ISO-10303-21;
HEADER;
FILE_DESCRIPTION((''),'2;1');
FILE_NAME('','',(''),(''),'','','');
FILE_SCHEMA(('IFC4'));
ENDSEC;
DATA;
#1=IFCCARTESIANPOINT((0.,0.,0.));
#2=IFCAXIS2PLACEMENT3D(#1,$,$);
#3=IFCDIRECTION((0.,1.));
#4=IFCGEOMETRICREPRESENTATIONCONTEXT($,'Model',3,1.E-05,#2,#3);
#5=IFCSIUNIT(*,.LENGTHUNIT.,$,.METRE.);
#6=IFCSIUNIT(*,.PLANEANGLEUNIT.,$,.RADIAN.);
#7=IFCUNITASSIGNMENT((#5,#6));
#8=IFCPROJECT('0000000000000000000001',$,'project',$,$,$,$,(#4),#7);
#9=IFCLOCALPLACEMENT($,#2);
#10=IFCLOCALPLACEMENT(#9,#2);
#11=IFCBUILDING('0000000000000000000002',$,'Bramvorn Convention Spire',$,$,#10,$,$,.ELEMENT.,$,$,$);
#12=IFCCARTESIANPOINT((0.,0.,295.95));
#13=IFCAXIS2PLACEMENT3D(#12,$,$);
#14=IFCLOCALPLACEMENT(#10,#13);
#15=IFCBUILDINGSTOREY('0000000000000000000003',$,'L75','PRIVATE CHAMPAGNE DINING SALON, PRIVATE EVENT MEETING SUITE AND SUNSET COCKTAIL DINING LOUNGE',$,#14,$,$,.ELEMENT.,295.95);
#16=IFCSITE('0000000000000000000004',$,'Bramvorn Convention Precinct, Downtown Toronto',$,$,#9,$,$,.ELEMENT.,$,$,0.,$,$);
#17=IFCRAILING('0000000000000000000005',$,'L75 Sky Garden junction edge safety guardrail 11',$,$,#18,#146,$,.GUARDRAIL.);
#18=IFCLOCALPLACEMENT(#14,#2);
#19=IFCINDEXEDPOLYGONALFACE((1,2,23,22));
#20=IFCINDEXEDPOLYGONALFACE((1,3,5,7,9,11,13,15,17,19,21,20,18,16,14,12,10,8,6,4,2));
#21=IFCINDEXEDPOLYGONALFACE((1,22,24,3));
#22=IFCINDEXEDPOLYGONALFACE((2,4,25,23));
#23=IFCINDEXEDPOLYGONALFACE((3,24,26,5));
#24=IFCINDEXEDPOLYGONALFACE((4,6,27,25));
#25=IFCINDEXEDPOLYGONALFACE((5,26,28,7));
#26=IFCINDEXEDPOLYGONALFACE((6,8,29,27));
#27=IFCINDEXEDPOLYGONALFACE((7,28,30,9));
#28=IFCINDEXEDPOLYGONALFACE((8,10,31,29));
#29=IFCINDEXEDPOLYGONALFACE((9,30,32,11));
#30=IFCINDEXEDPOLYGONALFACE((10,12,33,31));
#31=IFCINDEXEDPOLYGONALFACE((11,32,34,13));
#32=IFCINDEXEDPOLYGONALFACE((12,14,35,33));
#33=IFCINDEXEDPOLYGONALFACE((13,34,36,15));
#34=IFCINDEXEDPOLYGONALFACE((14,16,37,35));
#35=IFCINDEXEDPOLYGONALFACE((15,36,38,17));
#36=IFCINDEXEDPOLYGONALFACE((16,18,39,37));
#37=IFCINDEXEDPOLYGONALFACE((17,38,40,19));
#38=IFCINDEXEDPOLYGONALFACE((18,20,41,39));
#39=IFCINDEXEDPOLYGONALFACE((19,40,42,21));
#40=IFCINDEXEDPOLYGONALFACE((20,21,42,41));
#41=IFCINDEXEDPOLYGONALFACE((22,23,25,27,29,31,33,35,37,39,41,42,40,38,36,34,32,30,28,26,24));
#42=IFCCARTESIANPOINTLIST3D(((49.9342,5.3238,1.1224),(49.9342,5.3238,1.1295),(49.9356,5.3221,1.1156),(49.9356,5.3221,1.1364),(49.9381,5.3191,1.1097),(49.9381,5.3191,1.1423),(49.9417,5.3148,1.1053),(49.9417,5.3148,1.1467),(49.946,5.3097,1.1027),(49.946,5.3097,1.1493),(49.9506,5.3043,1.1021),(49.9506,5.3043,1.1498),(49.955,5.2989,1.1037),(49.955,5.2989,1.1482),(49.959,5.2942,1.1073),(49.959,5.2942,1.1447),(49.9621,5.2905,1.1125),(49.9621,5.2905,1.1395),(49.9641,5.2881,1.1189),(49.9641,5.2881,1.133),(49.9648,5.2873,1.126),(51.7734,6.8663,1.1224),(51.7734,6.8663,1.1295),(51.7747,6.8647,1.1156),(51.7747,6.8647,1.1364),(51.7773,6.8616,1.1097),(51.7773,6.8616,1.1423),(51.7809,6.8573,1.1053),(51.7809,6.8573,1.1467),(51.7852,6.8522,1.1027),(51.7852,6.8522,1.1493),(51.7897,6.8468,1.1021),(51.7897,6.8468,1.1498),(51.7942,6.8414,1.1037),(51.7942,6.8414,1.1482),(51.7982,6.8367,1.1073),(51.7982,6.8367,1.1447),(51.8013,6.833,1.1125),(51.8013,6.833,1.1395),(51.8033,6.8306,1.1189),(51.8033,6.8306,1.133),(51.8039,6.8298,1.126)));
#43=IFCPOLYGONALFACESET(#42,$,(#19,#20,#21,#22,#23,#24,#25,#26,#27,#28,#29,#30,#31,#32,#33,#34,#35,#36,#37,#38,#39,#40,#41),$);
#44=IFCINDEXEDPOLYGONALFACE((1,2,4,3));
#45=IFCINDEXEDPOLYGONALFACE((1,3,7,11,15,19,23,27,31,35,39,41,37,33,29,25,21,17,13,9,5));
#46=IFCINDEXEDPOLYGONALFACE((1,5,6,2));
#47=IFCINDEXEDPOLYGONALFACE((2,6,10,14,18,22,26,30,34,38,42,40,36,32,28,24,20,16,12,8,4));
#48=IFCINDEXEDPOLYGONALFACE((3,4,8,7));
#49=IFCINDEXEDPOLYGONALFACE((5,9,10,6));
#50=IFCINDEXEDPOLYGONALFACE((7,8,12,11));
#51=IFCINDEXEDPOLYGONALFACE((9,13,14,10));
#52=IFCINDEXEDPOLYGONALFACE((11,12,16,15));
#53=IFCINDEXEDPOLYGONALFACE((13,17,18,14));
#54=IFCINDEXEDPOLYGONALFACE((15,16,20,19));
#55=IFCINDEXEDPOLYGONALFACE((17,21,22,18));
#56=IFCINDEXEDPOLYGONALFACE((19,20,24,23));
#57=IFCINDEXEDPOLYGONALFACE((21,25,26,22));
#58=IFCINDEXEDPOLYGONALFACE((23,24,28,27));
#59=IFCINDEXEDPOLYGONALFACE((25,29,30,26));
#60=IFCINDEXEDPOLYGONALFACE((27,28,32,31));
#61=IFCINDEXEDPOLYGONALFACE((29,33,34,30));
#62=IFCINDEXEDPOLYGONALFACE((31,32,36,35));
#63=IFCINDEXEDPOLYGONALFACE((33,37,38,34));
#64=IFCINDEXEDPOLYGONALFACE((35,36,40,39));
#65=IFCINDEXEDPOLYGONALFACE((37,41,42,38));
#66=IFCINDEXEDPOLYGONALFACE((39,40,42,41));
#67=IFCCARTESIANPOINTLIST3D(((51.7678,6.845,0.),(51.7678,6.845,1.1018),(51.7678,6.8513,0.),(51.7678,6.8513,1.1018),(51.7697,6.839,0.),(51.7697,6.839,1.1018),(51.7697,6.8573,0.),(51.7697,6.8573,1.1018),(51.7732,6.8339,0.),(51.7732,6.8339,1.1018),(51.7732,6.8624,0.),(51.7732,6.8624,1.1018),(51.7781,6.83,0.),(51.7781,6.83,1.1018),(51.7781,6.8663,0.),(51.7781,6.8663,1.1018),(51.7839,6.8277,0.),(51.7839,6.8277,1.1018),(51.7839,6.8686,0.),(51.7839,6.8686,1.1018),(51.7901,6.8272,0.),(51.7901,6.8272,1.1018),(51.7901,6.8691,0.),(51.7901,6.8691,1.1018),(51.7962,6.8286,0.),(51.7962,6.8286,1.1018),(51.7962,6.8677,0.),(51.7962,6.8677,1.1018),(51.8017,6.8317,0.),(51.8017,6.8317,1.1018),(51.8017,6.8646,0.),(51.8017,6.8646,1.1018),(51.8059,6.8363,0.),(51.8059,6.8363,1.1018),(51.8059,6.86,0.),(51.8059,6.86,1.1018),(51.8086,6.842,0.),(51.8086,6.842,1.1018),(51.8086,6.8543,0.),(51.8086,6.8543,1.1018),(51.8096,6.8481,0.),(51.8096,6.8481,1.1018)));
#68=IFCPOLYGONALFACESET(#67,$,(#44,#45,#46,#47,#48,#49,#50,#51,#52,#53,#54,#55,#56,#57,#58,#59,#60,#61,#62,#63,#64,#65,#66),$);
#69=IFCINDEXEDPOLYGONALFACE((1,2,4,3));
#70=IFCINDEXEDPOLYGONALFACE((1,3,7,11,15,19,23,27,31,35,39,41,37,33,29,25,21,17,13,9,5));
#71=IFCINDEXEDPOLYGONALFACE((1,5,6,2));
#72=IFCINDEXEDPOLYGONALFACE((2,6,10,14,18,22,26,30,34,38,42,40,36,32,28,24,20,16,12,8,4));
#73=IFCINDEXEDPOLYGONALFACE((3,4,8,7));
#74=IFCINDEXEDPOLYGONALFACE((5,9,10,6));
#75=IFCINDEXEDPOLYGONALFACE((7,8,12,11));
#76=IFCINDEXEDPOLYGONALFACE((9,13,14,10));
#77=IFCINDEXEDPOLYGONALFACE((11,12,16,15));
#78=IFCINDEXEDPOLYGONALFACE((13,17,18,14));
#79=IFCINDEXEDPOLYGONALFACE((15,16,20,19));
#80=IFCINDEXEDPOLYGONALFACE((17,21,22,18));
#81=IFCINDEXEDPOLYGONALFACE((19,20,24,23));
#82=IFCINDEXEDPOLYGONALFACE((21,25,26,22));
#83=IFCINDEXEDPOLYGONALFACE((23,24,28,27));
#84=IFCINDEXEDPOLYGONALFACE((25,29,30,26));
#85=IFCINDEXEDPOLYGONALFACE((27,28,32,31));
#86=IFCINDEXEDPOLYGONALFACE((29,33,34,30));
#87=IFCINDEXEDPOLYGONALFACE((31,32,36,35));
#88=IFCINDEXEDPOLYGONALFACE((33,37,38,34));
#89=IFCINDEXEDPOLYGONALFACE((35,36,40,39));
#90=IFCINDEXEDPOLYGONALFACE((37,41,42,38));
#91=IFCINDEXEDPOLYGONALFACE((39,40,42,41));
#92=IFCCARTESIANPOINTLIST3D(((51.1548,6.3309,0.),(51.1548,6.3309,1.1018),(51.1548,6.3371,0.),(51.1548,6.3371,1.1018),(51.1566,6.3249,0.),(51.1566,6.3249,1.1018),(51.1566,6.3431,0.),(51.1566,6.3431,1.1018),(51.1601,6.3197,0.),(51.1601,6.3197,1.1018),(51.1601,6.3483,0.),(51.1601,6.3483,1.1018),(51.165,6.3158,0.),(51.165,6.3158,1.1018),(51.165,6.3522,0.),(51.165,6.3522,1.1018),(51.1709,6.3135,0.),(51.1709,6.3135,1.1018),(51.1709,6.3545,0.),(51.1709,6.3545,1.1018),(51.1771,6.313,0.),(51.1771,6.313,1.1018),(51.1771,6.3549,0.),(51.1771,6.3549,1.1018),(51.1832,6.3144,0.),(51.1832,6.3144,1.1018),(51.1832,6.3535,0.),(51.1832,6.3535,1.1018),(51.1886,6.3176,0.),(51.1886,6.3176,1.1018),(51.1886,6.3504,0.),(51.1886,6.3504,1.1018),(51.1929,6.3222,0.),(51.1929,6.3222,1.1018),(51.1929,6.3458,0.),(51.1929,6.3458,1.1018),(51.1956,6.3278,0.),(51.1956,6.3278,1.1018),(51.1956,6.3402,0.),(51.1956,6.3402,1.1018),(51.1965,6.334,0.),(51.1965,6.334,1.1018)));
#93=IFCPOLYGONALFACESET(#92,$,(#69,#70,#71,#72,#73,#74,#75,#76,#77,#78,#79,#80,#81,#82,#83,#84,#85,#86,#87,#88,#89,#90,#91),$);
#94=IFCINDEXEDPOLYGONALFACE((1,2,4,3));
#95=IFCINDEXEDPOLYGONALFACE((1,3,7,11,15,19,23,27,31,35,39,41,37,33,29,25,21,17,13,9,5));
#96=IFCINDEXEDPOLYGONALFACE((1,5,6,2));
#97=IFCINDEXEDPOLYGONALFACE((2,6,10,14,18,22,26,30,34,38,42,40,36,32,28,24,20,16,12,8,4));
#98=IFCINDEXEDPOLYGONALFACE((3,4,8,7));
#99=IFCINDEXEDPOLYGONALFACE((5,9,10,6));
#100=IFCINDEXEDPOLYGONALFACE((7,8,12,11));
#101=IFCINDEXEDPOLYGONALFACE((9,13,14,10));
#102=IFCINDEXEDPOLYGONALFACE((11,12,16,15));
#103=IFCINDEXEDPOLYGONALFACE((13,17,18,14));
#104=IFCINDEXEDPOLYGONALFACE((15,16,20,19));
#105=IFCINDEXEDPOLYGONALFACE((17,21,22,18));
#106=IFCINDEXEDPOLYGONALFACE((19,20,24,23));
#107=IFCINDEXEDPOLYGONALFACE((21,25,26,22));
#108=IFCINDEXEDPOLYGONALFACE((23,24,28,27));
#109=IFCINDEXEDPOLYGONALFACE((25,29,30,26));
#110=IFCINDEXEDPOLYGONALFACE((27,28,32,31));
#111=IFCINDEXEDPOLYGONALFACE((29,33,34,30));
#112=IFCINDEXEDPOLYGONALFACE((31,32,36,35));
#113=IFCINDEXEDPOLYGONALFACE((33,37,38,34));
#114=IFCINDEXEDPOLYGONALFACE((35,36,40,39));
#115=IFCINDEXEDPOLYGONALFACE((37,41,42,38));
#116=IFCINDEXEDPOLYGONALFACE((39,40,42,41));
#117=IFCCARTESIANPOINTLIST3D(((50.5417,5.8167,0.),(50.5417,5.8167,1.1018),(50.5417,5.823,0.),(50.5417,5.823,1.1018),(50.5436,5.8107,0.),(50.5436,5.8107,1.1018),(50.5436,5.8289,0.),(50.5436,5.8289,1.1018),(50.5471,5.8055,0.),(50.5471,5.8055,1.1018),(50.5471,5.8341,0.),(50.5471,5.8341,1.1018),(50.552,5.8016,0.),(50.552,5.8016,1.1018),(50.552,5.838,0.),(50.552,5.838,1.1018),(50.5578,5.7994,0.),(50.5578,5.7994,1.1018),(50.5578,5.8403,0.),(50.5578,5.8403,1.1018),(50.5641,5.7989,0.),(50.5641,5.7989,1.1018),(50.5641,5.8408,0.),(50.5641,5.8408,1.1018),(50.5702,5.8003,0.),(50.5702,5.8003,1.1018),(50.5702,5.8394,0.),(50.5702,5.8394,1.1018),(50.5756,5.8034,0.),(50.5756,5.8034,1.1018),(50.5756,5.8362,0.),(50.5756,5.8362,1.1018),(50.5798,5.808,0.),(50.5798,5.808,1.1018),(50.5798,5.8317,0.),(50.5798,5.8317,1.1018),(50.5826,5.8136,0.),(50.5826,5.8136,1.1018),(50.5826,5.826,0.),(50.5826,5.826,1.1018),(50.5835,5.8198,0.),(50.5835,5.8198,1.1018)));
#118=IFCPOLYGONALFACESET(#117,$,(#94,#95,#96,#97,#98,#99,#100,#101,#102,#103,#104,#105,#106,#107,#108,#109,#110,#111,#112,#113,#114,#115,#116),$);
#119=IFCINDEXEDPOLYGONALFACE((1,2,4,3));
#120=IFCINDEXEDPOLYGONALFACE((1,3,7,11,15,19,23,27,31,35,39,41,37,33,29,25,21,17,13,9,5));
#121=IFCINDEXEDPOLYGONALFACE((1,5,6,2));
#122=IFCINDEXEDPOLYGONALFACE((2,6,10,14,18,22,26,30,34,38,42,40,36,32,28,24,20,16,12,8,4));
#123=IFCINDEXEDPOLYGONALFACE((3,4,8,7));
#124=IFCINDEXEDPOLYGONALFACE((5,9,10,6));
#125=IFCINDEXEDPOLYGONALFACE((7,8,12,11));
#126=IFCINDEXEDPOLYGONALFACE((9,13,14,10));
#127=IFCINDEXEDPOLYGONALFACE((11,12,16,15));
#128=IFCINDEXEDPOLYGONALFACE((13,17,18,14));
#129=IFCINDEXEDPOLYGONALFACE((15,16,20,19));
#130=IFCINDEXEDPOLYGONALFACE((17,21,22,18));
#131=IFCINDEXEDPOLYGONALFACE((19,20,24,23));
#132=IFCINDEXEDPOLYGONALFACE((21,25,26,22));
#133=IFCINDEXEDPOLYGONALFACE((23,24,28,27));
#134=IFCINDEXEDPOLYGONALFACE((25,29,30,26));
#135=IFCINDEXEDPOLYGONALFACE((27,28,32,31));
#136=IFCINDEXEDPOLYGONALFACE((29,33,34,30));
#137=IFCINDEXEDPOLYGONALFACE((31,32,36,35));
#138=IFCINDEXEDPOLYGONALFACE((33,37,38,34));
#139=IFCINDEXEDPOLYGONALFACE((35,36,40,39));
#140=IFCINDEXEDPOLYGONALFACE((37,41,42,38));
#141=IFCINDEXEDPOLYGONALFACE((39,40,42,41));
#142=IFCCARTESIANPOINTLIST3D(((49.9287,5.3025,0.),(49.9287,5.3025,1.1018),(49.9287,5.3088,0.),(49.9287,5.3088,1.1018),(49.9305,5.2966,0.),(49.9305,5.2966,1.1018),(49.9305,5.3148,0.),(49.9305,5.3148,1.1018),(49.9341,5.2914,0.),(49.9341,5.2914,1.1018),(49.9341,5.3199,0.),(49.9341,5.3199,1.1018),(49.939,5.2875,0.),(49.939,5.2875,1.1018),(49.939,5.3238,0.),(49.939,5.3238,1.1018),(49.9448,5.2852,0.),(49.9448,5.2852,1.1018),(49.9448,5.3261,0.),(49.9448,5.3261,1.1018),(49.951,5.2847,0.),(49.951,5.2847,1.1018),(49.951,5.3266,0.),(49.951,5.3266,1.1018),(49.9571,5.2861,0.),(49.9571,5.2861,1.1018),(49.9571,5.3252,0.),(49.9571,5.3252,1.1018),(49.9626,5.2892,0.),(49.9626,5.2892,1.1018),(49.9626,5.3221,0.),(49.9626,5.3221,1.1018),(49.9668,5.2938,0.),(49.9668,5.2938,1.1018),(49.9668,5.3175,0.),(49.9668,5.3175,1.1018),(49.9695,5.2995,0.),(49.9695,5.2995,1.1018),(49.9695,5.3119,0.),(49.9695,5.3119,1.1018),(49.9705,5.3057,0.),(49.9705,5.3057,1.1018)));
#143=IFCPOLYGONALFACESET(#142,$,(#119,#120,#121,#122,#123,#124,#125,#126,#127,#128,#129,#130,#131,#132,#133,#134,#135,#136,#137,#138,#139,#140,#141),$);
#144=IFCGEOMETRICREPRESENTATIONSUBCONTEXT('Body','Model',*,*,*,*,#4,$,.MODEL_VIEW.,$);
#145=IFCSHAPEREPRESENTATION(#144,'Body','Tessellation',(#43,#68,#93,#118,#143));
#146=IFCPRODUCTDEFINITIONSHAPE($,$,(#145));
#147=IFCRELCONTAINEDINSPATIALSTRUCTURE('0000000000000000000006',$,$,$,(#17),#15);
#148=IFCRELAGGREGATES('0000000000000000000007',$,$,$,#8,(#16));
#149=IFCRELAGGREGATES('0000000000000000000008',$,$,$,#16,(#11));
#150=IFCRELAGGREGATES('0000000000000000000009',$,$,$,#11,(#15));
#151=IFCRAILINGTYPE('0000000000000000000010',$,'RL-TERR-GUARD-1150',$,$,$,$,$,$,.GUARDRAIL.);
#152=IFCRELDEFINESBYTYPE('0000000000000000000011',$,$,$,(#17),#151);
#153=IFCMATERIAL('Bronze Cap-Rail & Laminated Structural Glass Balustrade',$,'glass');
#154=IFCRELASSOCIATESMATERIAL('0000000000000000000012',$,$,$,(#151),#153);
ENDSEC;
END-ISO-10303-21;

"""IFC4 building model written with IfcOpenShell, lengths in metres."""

from ifc_helpers import new_model, si_unit, direction, frame, origin, origin_2d, place, context, subcontext, project, spatial, circle, extrude, material, type_object, element, save


model = new_model("IFC4")

# Units and contexts
model_context = context("Model", 3, precision=1e-05, world=origin(), true_north=direction((0.0, 1.0)))
body_context = subcontext(model_context, "Body", "Model", "MODEL_VIEW")
ifc_project = project(units=[si_unit("LENGTHUNIT", "METRE"), si_unit("PLANEANGLEUNIT", "RADIAN")], contexts=[model_context])

# Site, building, storey
site_placement = place(None, origin())
site = spatial("IfcSite", under=ifc_project, at=site_placement, Name="Bramvorn Convention Precinct, Downtown Toronto", CompositionType="ELEMENT", RefElevation=0.0)
building_placement = place(site_placement, origin())
building = spatial("IfcBuilding", under=site, at=building_placement, Name="Bramvorn Convention Spire", CompositionType="ELEMENT")
storey_placement = place(building_placement, frame((0.0, 0.0, 295.95)))
storey = spatial("IfcBuildingStorey", under=building, at=storey_placement, Name="L75", Description="PRIVATE CHAMPAGNE DINING SALON, PRIVATE EVENT MEETING SUITE AND SUNSET COCKTAIL DINING LOUNGE", CompositionType="ELEMENT", Elevation=295.95)

# Railing
ifc_material_1 = material(Name="Bronze Cap-Rail & Laminated Structural Glass Balustrade", Category="glass")
railing_type = type_object("IfcRailingType", Name="RL-TERR-GUARD-1150", PredefinedType="GUARDRAIL", material=ifc_material_1)
railing_1_placement = place(storey_placement, frame((51.7886, 6.8481, 0.0)))
element("IfcRailing", 1, at=railing_1_placement, inside=storey, type_object=railing_type, Name="L75 Sky Garden junction edge safety guardrail 11", PredefinedType="GUARDRAIL", context=body_context, shape_type="SweptSolid", body=[
    extrude(circle(Radius=0.0239, at=origin_2d()), frame((0.0, 0.0, 1.126), z_axis=(-0.766192, -0.642612, 0.0), x_axis=(0.642612, -0.766192, 0.0)), (0.0, 0.0, 1.0), 2.4004),
    extrude(circle(Radius=0.021, at=origin_2d()), origin(), (0.0, 0.0, 1.0), 1.1018),
    extrude(circle(Radius=0.021, at=origin_2d()), frame((-0.613, -0.5142, 0.0)), (0.0, 0.0, 1.0), 1.1018),
    extrude(circle(Radius=0.021, at=origin_2d()), frame((-1.2261, -1.0283, 0.0)), (0.0, 0.0, 1.0), 1.1018),
    extrude(circle(Radius=0.021, at=origin_2d()), frame((-1.8391, -1.5425, 0.0)), (0.0, 0.0, 1.0), 1.1018),
])

save(model, "model.ifc")
